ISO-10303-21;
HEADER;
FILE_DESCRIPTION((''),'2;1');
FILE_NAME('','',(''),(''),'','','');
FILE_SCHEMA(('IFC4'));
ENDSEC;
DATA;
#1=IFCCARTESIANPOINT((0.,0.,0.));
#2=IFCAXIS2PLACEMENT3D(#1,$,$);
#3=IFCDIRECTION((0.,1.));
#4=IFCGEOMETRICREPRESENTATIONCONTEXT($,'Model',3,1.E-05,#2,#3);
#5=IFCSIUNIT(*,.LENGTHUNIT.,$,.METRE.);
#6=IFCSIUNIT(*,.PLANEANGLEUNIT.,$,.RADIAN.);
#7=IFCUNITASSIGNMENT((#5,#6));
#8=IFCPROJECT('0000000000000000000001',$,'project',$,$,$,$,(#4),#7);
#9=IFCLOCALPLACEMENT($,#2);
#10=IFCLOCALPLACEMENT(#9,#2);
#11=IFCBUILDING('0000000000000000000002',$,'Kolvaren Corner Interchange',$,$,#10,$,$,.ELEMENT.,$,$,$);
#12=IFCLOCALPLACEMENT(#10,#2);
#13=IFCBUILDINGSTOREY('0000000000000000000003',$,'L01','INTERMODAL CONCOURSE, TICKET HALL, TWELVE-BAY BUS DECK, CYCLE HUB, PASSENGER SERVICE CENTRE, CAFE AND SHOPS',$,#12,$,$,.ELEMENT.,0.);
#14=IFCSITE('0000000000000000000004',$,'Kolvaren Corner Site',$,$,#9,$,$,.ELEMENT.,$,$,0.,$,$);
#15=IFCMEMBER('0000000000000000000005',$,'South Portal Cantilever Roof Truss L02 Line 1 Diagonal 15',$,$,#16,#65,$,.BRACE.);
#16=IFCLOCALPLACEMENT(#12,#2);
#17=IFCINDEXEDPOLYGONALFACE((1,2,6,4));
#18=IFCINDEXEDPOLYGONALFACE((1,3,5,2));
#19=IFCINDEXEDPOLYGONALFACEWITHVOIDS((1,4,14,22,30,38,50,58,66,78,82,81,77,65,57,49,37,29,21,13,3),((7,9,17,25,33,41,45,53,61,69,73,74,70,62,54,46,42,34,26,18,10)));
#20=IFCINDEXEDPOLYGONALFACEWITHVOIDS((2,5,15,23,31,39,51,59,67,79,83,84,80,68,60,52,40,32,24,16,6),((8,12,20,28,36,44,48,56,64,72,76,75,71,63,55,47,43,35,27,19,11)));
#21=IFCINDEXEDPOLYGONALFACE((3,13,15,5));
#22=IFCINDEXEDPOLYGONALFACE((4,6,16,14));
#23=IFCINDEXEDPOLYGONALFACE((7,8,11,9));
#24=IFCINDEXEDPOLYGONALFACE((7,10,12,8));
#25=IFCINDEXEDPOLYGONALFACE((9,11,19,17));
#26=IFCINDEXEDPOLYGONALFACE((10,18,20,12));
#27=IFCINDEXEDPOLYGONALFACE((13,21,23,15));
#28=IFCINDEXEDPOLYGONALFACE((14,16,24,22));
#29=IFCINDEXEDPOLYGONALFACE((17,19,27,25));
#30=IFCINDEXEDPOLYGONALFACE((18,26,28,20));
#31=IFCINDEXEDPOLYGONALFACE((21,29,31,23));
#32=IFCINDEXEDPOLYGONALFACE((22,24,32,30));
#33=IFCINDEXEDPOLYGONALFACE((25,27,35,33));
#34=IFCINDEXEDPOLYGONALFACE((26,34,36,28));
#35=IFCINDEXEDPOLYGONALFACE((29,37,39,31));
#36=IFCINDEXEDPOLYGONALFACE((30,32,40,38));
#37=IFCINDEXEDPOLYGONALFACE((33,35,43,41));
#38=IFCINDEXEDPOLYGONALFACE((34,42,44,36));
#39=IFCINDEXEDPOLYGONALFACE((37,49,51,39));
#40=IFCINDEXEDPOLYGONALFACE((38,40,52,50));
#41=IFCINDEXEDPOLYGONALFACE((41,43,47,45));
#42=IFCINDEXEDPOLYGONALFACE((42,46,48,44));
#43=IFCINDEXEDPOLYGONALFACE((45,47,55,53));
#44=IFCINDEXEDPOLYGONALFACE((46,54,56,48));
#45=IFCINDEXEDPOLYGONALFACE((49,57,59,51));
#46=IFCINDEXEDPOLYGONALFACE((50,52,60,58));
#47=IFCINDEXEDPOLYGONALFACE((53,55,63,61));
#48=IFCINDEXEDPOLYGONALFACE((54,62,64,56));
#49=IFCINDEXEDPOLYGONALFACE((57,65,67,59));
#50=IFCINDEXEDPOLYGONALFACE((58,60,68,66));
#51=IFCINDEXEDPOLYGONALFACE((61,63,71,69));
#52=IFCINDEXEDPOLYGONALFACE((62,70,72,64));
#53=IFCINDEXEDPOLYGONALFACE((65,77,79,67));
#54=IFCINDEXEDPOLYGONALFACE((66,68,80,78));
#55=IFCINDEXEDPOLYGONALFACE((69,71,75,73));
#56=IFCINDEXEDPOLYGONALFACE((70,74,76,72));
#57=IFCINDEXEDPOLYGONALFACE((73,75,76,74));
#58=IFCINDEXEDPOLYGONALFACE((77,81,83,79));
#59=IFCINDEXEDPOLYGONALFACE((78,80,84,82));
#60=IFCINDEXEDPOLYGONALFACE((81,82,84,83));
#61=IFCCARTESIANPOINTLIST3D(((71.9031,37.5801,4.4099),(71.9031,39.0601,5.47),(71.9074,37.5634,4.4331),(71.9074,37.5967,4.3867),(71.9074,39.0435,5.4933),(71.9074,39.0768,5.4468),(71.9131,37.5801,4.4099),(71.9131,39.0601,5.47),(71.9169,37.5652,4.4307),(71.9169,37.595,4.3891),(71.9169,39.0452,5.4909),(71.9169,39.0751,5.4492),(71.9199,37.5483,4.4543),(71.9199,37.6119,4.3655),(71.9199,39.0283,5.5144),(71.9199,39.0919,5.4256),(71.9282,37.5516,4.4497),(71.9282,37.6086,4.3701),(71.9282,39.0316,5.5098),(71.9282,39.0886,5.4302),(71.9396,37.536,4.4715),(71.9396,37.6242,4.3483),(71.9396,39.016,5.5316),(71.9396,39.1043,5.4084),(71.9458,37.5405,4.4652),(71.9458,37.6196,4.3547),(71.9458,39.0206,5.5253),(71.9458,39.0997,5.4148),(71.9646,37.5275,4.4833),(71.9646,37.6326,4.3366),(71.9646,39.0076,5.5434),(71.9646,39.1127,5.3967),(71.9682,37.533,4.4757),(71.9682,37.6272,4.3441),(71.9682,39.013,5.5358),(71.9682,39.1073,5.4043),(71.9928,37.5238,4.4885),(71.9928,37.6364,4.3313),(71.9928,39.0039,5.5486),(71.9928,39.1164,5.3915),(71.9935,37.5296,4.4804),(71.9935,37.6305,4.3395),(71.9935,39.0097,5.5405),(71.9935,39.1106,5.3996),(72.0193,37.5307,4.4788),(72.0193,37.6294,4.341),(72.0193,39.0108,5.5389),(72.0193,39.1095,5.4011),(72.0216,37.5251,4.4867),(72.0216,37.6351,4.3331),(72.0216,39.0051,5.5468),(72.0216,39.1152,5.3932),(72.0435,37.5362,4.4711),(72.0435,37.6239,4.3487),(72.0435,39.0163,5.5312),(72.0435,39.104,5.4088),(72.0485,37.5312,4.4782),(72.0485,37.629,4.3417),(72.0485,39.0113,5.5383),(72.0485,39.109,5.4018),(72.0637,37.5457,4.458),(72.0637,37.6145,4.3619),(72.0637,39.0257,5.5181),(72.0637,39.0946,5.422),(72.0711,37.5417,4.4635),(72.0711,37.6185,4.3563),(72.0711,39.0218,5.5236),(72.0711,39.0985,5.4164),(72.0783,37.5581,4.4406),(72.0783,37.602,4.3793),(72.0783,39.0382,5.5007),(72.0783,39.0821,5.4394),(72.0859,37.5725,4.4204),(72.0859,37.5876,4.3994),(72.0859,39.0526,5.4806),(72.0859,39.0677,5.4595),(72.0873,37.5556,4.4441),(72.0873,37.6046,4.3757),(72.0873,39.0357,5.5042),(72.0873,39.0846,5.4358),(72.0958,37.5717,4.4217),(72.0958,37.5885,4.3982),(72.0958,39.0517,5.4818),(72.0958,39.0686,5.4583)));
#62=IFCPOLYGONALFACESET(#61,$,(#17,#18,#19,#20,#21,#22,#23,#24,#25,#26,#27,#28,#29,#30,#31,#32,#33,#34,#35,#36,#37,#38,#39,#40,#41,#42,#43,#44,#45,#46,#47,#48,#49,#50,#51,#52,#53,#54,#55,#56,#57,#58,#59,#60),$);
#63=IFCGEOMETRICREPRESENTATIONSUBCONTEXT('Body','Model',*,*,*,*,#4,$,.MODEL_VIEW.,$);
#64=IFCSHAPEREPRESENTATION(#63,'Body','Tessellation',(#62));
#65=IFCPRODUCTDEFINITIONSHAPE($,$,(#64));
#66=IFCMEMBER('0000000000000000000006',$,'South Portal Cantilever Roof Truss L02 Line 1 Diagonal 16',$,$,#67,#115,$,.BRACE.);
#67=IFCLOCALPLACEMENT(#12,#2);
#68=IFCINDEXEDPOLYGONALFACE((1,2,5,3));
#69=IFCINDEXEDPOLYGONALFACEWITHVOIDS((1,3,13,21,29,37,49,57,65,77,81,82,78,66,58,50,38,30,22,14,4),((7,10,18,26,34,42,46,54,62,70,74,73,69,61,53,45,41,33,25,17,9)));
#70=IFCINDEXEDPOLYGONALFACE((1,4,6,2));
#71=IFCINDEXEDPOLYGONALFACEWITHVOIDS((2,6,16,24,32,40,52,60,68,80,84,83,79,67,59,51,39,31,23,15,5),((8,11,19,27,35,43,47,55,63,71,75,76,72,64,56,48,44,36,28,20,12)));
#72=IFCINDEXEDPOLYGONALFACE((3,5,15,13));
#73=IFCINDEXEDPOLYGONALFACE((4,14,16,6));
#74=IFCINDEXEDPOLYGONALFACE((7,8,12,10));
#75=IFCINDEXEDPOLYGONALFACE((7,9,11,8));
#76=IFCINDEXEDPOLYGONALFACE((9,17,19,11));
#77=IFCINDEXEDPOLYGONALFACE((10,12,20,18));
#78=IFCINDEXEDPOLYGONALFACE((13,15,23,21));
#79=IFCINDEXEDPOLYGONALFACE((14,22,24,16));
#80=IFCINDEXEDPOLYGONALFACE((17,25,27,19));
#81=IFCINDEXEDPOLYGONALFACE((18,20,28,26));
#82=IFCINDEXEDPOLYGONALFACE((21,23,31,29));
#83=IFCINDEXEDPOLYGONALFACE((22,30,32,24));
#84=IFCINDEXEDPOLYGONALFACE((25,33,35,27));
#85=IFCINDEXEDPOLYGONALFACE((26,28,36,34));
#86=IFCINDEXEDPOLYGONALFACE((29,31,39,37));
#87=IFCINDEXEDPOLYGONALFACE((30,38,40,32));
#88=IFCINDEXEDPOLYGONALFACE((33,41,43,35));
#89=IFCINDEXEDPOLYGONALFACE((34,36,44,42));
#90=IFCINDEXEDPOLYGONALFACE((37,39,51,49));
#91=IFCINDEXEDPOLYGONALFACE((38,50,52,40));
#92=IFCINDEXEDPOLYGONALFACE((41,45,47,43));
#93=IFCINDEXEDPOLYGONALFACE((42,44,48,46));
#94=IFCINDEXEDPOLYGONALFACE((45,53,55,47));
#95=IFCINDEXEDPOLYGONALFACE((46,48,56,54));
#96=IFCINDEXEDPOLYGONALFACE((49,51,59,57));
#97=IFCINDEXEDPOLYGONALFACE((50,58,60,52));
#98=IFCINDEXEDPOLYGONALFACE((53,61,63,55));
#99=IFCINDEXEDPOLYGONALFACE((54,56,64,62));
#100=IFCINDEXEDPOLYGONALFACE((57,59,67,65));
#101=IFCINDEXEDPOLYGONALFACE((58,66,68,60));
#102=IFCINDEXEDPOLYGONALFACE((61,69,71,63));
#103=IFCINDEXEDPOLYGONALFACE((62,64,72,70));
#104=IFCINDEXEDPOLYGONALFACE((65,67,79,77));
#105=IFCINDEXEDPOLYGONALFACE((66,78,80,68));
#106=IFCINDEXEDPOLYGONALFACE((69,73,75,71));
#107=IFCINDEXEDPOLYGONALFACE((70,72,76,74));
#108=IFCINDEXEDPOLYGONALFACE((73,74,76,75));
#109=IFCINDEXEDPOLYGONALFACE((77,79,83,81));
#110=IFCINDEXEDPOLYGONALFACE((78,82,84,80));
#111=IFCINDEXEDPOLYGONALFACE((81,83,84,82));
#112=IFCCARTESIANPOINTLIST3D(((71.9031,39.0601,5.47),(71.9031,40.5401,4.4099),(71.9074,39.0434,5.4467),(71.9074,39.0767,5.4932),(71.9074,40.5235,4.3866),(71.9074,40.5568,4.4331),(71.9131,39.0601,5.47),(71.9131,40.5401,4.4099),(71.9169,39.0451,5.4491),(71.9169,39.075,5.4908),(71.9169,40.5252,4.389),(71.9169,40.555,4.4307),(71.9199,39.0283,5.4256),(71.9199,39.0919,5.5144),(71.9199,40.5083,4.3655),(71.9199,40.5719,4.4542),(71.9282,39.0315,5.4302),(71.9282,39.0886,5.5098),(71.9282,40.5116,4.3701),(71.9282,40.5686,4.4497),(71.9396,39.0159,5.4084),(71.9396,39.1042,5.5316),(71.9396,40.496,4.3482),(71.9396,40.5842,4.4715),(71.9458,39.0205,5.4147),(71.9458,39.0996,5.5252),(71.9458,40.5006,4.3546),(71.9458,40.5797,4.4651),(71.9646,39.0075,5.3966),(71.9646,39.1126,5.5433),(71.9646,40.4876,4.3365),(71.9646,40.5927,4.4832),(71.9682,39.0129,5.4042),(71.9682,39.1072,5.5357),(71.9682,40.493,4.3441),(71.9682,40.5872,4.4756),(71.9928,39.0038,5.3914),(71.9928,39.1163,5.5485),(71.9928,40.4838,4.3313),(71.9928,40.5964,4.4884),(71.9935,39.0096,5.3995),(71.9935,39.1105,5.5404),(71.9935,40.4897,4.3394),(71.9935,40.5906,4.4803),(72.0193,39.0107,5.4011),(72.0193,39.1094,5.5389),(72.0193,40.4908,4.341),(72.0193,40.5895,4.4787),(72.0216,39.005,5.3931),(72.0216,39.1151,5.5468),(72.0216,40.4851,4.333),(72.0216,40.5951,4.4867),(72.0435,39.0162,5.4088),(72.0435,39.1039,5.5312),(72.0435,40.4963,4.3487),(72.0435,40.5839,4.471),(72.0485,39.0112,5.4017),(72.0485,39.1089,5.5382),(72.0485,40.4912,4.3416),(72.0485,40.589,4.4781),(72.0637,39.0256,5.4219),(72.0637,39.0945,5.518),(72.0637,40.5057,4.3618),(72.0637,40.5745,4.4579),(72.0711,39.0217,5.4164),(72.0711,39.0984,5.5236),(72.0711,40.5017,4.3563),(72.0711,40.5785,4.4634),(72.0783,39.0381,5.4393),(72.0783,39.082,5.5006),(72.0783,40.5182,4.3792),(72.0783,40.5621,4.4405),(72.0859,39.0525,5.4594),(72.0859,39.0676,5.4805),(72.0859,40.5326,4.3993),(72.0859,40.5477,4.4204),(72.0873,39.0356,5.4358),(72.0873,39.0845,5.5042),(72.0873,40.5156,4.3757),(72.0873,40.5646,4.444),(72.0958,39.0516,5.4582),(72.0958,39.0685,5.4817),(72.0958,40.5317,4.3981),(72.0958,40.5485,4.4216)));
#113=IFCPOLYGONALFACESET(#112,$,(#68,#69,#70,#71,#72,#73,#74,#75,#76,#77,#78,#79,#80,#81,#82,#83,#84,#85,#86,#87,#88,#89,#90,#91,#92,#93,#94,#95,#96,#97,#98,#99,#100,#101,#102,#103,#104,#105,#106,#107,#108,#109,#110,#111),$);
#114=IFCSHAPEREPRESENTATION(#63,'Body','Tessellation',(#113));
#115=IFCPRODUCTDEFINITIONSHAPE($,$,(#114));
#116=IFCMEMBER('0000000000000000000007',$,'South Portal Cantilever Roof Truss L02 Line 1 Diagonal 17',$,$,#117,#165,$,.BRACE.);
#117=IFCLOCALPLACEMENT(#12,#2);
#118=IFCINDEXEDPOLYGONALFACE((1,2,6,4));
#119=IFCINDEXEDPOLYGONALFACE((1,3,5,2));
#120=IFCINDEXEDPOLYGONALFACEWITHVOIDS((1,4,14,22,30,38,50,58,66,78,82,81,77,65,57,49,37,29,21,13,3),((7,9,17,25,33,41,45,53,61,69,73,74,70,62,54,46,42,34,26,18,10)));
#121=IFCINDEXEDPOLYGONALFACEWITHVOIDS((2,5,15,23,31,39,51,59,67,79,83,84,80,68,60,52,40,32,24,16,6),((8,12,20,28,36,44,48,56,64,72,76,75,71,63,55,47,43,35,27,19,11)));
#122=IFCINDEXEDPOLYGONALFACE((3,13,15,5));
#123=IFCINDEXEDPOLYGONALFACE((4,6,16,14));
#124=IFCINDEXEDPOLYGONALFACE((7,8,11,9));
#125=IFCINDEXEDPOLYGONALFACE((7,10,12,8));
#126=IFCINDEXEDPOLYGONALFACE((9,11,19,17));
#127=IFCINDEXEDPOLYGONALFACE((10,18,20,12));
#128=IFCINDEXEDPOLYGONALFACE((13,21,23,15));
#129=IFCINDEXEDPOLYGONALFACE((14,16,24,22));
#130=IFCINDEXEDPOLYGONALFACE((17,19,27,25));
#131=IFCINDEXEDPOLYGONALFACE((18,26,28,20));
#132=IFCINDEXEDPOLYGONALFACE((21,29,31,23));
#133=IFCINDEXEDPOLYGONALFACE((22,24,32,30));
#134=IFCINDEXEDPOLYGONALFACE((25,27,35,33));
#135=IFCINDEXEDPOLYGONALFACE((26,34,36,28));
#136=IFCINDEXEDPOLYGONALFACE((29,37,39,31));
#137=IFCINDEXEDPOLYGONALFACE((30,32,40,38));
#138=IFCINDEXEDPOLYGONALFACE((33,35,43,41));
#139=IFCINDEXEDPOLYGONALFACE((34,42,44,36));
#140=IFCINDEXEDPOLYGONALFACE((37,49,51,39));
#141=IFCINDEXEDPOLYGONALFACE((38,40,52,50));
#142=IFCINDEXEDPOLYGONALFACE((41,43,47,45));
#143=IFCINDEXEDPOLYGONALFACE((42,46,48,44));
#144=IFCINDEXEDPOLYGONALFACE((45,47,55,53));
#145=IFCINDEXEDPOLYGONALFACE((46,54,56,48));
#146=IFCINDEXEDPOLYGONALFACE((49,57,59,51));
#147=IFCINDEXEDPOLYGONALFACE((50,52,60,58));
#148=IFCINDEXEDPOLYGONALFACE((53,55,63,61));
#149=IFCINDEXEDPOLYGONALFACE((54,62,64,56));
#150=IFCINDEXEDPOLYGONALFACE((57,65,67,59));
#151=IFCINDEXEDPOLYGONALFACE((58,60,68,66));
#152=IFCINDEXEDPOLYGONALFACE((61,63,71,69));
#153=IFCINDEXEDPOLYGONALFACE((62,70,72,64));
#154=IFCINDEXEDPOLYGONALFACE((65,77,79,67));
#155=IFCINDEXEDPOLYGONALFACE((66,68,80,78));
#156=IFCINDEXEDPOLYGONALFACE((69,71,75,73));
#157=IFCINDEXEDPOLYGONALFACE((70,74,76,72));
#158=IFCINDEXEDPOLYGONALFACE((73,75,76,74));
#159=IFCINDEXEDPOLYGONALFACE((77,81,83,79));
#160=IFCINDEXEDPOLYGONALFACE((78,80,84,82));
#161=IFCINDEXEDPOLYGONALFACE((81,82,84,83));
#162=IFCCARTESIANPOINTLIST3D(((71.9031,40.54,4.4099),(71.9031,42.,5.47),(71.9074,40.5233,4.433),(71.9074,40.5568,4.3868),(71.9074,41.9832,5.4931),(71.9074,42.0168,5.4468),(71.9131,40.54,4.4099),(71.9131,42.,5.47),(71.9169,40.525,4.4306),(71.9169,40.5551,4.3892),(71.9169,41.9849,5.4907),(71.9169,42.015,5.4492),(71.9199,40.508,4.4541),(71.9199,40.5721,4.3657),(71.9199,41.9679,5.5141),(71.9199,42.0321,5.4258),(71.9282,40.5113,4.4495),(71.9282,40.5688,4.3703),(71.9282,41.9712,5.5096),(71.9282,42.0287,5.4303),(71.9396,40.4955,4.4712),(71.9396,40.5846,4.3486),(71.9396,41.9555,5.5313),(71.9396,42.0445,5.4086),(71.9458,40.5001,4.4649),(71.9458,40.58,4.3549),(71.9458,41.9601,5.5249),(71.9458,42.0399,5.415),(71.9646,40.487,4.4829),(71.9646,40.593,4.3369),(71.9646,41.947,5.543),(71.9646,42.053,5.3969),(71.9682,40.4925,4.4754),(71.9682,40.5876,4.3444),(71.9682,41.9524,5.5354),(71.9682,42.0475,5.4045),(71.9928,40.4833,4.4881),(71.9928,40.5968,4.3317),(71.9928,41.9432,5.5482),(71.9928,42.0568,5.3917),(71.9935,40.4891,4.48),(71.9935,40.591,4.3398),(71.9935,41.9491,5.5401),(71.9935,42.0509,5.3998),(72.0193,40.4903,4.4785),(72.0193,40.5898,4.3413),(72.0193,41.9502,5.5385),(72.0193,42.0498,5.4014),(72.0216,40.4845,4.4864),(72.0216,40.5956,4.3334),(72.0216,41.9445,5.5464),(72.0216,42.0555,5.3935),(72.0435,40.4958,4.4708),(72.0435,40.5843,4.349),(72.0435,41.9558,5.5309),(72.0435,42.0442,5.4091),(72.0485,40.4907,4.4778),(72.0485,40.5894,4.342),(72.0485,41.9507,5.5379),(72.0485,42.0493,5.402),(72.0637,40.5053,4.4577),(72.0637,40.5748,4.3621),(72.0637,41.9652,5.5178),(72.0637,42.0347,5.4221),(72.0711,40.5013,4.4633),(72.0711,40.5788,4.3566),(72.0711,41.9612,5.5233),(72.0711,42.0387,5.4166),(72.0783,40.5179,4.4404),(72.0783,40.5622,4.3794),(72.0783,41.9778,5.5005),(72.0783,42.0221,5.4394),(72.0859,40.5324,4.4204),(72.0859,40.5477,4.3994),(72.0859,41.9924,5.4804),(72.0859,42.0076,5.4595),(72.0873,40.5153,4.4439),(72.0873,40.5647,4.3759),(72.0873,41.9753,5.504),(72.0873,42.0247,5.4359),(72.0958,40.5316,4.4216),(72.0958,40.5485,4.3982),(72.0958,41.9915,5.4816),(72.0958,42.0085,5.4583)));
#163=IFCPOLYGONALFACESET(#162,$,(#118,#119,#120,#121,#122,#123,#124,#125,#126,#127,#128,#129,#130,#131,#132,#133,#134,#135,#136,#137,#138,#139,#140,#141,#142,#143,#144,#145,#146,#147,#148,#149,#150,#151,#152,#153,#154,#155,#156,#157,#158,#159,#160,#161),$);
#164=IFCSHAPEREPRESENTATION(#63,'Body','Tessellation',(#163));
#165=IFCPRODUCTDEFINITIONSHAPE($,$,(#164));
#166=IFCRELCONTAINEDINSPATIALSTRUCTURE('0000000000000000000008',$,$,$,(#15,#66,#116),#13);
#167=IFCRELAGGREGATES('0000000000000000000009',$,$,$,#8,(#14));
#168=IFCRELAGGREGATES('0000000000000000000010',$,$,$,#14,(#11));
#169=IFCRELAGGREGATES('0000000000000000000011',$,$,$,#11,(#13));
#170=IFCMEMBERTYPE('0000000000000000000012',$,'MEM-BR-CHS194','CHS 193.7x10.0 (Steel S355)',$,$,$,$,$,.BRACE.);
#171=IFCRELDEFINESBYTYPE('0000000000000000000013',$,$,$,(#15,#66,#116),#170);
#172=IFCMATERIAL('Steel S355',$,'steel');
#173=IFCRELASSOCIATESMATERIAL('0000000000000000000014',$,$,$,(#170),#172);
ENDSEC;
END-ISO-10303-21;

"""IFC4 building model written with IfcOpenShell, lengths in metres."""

from ifc_helpers import new_model, si_unit, direction, frame, origin, origin_2d, place, context, subcontext, project, spatial, hollow_circle, extrude, material, material_profile, profile_set, type_object, element, save


model = new_model("IFC4")

# Units and contexts
model_context = context("Model", 3, precision=1e-05, world=origin(), true_north=direction((0.0, 1.0)))
body_context = subcontext(model_context, "Body", "Model", "MODEL_VIEW")
ifc_project = project(units=[si_unit("LENGTHUNIT", "METRE"), si_unit("PLANEANGLEUNIT", "RADIAN")], contexts=[model_context])

# Site, building, storey
site_placement = place(None, origin())
site = spatial("IfcSite", under=ifc_project, at=site_placement, Name="Kolvaren Corner Site", CompositionType="ELEMENT", RefElevation=0.0)
building_placement = place(site_placement, origin())
building = spatial("IfcBuilding", under=site, at=building_placement, Name="Kolvaren Corner Interchange", CompositionType="ELEMENT")
storey_placement = place(building_placement, origin())
storey = spatial("IfcBuildingStorey", under=building, at=storey_placement, Name="L01", Description="INTERMODAL CONCOURSE, TICKET HALL, TWELVE-BAY BUS DECK, CYCLE HUB, PASSENGER SERVICE CENTRE, CAFE AND SHOPS", CompositionType="ELEMENT", Elevation=0.0)

# Members
ifc_material_1 = material(Name="Steel S355", Category="steel")
ifc_material_profile_1 = material_profile(ifc_material_1, hollow_circle(Radius=0.0969, WallThickness=0.01, at=origin_2d()), Name="CHS 193.7x10.0")
ifc_profile_set_1 = profile_set([ifc_material_profile_1], Name="Steel S355")
member_type_1 = type_object("IfcMemberType", Name="MEM-BR-CHS194", Description="CHS 193.7x10.0 (Steel S355)", PredefinedType="BRACE", material=ifc_profile_set_1)
for number, where, z_axis, x_axis, name in (
    (1, (72.0, 37.5801, 4.4099), (0.0, 0.812972, 0.582303), (-1.0, 0.0, 0.0), "South Portal Cantilever Roof Truss L02 Line 1 Diagonal 15"),
    (2, (72.0, 39.0601, 5.47), (0.0, 0.812972, -0.582303), (-1.0, 0.0, 0.0), "South Portal Cantilever Roof Truss L02 Line 1 Diagonal 16"),
):
    element("IfcMember", number, at=place(storey_placement, frame(where, z_axis=z_axis, x_axis=x_axis)), inside=storey, type_object=member_type_1, Name=name, PredefinedType="BRACE", context=body_context, shape_type="SweptSolid", body=[
        extrude(hollow_circle(Radius=0.0969, WallThickness=0.01, at=origin_2d()), origin(), (0.0, 0.0, 1.0), 1.8206),
    ])
member_1_placement = place(storey_placement, frame((72.0, 40.54, 4.4099), z_axis=(0.0, 0.809192, 0.587544), x_axis=(-1.0, 0.0, 0.0)))
element("IfcMember", 3, at=member_1_placement, inside=storey, type_object=member_type_1, Name="South Portal Cantilever Roof Truss L02 Line 1 Diagonal 17", PredefinedType="BRACE", context=body_context, shape_type="SweptSolid", body=[
    extrude(hollow_circle(Radius=0.0969, WallThickness=0.01, at=origin_2d()), origin(), (0.0, 0.0, 1.0), 1.8042),
])

save(model, "model.ifc")
